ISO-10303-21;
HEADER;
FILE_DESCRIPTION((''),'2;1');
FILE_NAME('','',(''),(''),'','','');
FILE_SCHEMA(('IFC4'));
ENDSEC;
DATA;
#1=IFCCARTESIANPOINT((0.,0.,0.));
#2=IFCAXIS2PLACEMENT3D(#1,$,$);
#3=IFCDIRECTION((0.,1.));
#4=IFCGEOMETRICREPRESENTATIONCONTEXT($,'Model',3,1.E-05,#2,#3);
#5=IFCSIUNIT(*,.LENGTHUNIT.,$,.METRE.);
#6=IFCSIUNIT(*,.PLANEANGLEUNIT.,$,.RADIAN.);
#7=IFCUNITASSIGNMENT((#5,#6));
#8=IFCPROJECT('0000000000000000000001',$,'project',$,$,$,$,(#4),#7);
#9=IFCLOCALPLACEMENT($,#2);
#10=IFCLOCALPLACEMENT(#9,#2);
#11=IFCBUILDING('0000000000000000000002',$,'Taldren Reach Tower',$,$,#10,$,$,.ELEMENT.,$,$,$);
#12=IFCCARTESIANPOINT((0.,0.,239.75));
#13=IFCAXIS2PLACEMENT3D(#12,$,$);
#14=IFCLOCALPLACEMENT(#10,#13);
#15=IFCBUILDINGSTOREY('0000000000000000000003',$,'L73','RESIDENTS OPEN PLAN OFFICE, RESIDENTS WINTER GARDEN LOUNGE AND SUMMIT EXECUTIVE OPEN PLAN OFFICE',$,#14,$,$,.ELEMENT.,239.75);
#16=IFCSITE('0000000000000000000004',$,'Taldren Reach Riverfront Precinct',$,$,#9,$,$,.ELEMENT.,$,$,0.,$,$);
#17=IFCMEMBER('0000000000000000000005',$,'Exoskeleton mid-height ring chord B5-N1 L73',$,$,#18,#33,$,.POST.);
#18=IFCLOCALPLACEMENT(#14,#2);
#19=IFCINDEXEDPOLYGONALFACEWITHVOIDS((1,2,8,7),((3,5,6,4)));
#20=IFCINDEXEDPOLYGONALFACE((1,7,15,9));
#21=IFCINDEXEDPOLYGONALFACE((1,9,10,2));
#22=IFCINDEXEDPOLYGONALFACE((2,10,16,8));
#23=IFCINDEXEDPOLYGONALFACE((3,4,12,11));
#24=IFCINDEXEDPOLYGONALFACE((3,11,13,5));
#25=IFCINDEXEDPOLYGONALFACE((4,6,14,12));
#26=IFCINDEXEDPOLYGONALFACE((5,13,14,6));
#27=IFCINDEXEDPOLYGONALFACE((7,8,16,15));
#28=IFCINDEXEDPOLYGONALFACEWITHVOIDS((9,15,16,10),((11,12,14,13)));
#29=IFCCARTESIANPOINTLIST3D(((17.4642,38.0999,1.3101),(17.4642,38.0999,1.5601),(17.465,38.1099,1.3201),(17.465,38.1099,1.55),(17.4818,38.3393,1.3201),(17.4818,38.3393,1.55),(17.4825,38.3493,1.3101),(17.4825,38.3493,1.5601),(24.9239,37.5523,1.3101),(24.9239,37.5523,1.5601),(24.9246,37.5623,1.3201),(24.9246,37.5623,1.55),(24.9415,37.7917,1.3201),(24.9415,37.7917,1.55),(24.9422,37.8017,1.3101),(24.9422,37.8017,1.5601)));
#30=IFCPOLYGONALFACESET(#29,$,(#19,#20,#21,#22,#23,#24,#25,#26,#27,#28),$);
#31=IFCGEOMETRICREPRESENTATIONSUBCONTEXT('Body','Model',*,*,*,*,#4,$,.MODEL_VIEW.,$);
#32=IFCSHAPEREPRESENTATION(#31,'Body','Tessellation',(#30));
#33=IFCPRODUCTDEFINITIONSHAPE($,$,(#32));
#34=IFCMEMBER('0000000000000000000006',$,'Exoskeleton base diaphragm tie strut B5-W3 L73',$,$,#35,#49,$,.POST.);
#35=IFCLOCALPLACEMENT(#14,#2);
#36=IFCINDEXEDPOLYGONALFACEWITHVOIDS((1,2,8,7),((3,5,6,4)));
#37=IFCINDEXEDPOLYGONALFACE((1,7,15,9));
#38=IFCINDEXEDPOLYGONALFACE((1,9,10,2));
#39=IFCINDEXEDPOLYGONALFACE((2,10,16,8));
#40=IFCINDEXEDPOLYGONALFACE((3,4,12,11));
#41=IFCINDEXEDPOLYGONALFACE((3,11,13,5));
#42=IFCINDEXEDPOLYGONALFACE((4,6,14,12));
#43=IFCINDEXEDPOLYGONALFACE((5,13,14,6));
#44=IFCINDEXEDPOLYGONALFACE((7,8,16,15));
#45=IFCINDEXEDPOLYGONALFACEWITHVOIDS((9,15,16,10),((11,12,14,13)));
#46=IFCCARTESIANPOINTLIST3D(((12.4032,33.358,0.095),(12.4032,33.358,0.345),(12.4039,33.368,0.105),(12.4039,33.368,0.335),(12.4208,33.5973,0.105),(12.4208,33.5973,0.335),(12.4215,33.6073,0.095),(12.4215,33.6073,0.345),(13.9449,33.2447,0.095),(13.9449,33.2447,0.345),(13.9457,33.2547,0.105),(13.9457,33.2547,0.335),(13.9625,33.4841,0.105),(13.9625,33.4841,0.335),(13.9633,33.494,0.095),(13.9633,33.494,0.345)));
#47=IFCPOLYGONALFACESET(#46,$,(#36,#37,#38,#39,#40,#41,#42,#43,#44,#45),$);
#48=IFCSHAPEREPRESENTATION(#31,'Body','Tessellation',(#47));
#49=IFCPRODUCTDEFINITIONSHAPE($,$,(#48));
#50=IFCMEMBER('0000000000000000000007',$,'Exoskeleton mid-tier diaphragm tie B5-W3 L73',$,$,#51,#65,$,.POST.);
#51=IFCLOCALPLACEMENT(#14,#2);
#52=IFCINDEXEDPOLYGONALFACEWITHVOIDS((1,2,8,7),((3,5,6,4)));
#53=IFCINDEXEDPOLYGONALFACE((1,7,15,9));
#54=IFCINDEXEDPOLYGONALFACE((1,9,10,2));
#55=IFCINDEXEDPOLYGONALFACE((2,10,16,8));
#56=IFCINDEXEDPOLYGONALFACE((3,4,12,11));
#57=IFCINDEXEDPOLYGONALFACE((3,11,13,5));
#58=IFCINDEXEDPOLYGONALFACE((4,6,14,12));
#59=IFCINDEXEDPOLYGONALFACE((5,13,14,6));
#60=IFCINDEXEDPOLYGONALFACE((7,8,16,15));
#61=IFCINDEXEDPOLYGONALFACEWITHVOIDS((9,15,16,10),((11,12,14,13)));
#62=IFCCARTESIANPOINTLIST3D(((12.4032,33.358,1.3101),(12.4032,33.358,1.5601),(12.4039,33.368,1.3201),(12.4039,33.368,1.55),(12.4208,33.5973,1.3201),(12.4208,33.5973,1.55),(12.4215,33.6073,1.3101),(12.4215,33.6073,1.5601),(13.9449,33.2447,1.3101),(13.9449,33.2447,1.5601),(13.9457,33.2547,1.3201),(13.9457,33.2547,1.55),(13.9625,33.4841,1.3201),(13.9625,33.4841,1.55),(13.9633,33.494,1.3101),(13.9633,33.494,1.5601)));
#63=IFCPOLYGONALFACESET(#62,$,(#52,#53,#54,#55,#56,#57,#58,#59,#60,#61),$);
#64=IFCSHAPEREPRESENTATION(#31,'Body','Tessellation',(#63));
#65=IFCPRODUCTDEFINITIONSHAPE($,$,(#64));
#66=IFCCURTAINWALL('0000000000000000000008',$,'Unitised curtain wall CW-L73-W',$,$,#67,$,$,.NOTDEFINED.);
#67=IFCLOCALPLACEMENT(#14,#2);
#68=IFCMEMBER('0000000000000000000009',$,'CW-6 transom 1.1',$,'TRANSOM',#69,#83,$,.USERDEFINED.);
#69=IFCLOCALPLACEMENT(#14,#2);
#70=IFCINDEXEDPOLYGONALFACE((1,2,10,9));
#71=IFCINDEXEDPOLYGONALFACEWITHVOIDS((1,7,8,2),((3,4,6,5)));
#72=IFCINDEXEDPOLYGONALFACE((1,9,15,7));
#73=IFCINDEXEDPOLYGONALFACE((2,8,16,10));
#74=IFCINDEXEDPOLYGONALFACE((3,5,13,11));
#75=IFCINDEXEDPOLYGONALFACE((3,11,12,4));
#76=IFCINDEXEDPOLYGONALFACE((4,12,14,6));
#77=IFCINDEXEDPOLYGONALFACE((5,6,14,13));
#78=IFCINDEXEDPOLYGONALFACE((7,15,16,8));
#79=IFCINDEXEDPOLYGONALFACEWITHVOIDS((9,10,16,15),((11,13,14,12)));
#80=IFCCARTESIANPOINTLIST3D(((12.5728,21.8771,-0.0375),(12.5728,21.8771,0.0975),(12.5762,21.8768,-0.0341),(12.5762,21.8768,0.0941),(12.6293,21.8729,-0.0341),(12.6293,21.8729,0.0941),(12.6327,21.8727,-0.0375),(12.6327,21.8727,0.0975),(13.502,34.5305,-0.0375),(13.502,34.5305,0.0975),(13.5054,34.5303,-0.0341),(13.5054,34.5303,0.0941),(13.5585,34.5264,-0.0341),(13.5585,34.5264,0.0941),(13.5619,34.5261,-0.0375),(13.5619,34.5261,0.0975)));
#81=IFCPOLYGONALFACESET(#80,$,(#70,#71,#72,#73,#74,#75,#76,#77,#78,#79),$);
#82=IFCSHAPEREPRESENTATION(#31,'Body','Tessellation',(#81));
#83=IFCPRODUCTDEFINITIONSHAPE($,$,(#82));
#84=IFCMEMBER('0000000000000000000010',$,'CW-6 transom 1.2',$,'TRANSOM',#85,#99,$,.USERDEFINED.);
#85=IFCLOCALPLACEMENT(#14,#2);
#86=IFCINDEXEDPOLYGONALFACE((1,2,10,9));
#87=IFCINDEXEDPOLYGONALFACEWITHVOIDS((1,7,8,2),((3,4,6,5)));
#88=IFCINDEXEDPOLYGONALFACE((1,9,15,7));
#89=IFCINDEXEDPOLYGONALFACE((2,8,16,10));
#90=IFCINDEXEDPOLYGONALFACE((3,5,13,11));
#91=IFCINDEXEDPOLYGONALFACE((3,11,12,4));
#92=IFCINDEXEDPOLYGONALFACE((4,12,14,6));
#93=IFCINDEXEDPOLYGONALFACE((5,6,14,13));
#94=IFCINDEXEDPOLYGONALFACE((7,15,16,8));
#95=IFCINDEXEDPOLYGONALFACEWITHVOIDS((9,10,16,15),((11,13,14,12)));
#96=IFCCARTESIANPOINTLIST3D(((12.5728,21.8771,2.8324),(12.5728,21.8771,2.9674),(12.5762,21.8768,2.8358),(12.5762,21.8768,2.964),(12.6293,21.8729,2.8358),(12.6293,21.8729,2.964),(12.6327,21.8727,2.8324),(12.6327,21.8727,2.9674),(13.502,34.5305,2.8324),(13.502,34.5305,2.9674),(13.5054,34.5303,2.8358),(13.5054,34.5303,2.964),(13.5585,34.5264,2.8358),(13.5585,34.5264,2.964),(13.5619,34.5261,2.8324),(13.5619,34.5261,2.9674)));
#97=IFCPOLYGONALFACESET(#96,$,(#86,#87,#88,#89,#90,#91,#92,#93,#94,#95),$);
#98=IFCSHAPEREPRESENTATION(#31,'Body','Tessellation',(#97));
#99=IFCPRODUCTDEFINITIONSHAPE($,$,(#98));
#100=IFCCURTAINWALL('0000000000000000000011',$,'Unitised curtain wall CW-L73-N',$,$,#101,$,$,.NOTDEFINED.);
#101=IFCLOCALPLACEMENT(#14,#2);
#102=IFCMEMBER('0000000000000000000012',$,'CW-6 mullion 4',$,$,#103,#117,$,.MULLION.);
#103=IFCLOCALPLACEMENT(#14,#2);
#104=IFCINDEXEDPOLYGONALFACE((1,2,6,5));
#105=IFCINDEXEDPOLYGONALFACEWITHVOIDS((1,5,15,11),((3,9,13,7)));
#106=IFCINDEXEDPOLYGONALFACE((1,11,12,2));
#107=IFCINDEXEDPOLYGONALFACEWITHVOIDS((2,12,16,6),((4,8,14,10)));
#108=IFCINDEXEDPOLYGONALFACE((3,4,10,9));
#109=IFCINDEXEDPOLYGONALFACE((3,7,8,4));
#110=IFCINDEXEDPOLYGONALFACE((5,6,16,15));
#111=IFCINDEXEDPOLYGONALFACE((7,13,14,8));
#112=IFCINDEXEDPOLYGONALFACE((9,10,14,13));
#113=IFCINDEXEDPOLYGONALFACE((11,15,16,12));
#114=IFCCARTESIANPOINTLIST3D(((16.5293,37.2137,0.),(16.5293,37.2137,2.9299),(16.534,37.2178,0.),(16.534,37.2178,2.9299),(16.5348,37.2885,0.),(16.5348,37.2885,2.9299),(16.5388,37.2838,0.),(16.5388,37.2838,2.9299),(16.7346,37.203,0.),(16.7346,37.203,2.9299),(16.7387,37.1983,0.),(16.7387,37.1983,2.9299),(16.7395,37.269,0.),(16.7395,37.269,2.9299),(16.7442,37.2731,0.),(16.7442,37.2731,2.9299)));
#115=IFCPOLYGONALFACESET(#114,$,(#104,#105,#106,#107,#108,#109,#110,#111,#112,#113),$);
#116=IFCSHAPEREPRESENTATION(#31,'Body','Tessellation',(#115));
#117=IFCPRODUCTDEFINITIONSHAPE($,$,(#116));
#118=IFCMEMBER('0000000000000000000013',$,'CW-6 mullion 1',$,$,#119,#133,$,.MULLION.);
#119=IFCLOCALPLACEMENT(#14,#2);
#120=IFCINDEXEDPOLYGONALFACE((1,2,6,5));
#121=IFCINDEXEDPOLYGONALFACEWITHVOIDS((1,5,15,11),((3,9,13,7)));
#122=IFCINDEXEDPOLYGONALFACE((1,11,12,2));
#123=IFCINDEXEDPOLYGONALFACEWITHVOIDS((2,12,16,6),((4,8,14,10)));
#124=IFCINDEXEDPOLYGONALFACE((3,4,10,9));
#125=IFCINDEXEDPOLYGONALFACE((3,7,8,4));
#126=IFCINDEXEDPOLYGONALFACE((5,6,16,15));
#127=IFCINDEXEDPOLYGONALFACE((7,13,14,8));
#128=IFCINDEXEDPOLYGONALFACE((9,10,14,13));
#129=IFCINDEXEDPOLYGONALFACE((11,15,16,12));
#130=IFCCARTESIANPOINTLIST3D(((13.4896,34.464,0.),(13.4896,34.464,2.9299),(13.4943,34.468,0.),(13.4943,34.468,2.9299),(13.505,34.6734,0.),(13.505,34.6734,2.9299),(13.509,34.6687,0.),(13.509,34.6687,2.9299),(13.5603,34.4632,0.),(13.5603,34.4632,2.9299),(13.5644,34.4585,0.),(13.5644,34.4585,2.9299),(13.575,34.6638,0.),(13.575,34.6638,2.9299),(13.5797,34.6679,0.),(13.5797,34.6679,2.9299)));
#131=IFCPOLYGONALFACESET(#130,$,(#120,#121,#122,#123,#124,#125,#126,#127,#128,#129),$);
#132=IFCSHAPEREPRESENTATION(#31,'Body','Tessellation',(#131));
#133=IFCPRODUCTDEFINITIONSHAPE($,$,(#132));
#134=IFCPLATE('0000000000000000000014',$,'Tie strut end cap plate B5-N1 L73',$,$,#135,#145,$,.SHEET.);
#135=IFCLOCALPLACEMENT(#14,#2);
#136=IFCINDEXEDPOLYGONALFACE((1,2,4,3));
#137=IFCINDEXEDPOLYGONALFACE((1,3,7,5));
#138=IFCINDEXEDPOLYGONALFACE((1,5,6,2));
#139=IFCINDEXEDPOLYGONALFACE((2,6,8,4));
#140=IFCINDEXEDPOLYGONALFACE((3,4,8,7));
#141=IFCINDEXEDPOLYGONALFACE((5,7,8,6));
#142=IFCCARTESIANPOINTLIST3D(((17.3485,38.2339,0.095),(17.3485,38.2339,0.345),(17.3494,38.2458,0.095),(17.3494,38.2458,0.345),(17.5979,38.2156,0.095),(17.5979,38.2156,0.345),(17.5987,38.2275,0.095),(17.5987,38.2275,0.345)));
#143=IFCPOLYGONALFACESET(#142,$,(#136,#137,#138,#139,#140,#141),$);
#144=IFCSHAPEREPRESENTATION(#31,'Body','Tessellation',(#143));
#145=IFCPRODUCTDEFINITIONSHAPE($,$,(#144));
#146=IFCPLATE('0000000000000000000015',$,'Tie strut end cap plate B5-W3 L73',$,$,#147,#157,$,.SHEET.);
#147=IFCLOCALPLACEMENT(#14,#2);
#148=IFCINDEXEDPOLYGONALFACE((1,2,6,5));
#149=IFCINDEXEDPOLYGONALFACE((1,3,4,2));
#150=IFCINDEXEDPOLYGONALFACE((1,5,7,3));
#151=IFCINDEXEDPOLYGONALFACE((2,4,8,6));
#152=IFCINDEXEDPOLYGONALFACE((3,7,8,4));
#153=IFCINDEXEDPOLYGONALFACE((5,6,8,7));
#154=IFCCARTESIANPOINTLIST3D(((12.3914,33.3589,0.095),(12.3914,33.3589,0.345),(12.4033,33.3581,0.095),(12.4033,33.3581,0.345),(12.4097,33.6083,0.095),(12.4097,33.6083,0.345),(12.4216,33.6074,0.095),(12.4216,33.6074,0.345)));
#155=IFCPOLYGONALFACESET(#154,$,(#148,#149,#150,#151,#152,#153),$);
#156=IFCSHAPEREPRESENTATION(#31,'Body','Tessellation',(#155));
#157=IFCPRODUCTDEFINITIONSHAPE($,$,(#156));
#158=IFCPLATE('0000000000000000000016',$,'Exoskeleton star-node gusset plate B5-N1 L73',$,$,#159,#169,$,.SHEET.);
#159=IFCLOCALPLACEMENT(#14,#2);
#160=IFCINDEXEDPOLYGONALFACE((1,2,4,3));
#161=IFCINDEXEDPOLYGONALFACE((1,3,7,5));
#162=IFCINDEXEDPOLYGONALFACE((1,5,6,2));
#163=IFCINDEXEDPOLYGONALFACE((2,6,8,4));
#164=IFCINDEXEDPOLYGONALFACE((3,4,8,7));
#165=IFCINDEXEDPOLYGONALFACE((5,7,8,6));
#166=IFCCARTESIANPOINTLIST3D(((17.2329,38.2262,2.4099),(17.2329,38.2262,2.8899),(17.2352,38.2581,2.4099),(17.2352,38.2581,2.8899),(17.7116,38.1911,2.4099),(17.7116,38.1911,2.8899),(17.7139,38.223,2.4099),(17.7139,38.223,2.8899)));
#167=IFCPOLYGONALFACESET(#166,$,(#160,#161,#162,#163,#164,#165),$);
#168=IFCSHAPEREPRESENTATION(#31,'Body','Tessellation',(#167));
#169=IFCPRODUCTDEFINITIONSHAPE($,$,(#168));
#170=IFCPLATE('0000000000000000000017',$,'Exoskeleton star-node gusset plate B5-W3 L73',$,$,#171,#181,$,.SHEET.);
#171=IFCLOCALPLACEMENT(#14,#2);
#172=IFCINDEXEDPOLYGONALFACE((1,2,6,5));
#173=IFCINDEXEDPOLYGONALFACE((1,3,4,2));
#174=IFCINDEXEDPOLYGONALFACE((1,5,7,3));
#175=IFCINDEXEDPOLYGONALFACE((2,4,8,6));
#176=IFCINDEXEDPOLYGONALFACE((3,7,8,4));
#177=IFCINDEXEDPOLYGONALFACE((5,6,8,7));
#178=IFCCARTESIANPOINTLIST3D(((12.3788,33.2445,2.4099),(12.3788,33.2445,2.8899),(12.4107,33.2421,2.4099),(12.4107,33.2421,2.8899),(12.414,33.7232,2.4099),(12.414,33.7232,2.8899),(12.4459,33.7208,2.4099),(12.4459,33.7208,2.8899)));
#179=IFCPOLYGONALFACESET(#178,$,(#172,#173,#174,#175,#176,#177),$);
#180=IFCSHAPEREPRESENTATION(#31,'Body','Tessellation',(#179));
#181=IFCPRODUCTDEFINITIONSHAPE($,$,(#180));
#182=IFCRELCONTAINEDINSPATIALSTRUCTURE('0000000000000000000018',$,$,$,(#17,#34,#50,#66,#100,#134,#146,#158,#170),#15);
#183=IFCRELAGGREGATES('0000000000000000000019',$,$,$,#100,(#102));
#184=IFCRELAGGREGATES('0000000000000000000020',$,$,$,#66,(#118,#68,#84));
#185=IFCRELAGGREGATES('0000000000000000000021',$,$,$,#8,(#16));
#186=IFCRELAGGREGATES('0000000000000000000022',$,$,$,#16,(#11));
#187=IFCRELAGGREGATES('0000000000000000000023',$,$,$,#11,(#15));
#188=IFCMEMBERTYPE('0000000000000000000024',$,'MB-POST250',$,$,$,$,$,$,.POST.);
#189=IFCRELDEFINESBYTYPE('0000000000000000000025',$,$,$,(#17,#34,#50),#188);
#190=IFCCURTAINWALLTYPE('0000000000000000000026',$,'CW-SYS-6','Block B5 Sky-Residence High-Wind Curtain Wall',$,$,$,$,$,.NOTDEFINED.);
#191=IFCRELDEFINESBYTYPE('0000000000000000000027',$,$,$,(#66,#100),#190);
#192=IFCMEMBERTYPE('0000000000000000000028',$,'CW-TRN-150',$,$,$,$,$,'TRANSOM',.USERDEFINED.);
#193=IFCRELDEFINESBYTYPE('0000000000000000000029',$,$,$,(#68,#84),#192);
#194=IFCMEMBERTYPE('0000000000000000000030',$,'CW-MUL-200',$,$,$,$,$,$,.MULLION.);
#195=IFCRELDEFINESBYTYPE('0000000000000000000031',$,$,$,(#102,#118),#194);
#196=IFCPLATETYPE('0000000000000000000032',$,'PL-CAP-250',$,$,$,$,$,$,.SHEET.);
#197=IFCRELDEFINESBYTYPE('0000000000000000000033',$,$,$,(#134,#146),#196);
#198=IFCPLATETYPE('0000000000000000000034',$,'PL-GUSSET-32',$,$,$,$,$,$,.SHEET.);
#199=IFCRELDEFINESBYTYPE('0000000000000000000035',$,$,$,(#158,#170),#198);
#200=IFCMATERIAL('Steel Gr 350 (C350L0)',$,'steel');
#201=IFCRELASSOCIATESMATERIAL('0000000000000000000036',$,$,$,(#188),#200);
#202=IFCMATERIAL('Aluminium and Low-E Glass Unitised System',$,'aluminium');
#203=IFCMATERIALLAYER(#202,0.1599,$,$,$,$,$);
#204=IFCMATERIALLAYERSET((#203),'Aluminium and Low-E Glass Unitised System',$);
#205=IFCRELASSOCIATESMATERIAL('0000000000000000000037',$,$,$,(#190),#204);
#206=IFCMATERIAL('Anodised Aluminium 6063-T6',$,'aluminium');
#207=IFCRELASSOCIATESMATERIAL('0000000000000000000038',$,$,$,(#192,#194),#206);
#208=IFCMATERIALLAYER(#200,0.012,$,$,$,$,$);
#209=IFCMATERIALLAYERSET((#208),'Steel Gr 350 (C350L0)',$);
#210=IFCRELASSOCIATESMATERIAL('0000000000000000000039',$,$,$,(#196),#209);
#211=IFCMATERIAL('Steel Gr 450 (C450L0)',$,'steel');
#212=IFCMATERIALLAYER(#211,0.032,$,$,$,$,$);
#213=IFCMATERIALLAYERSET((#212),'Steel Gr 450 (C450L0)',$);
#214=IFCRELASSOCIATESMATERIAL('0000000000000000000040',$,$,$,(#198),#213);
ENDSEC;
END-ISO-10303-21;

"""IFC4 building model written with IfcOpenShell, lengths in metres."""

from ifc_helpers import new_model, si_unit, direction, frame, origin, origin_2d, place, context, subcontext, project, spatial, rectangle, hollow_rectangle, extrude, source, transform, mapped, material, layer, layer_set, material_profile, profile_set, type_object, element, aggregate, save


model = new_model("IFC4")

# Units and contexts
model_context = context("Model", 3, precision=1e-05, world=origin(), true_north=direction((0.0, 1.0)))
body_context = subcontext(model_context, "Body", "Model", "MODEL_VIEW")
ifc_project = project(units=[si_unit("LENGTHUNIT", "METRE"), si_unit("PLANEANGLEUNIT", "RADIAN")], contexts=[model_context])

# Site, building, storey
site_placement = place(None, origin())
site = spatial("IfcSite", under=ifc_project, at=site_placement, Name="Taldren Reach Riverfront Precinct", CompositionType="ELEMENT", RefElevation=0.0)
building_placement = place(site_placement, origin())
building = spatial("IfcBuilding", under=site, at=building_placement, Name="Taldren Reach Tower", CompositionType="ELEMENT")
storey_placement = place(building_placement, frame((0.0, 0.0, 239.75)))
storey = spatial("IfcBuildingStorey", under=building, at=storey_placement, Name="L73", Description="RESIDENTS OPEN PLAN OFFICE, RESIDENTS WINTER GARDEN LOUNGE AND SUMMIT EXECUTIVE OPEN PLAN OFFICE", CompositionType="ELEMENT", Elevation=239.75)

# Shared definitions
ifc_material_1 = material(Name="Steel Gr 350 (C350L0)", Category="steel")

# Shared definitions
ifc_material_profile_1 = material_profile(ifc_material_1, hollow_rectangle(XDim=0.25, YDim=0.25, WallThickness=0.01, at=origin_2d()), Name="250x250x10.0SHS")
ifc_profile_set_1 = profile_set([ifc_material_profile_1], Name="Steel Gr 350 (C350L0)")
member_type_1 = type_object("IfcMemberType", Name="MB-POST250", PredefinedType="POST", material=ifc_profile_set_1)
ifc_material_2 = material(Name="Steel Gr 450 (C450L0)", Category="steel")

# Members
shared_shape_1 = source(origin(), body_context, "Body", "SweptSolid", [
    extrude(hollow_rectangle(XDim=0.25, YDim=0.25, WallThickness=0.01, at=origin_2d()), origin(), (0.0, 0.0, 1.0), 7.4797),
])
member_1_placement = place(storey_placement, frame((17.4734, 38.2246, 1.4351), z_axis=(0.997316, -0.073212, 0.0), x_axis=(0.073212, 0.997316, 0.0)))
element("IfcMember", 1, at=member_1_placement, inside=storey, type_object=member_type_1, Name="Exoskeleton mid-height ring chord B5-N1 L73", PredefinedType="POST", context=body_context, shape_type="MappedRepresentation", body=[
    mapped(shared_shape_1, transform((0.0, 0.0, 0.0), scale=1.0)),
])
shared_shape_2 = source(origin(), body_context, "Body", "SweptSolid", [
    extrude(hollow_rectangle(XDim=0.25, YDim=0.25, WallThickness=0.01, at=origin_2d()), origin(), (0.0, 0.0, 1.0), 1.5459),
])
for number, where, z_axis, x_axis, name in (
    (2, (13.9541, 33.3694, 0.22), (-0.997312, 0.073278, 0.0), (-0.073278, -0.997312, 0.0), "Exoskeleton base diaphragm tie strut B5-W3 L73"),
    (3, (13.9541, 33.3694, 1.4351), (-0.997312, 0.073278, 0.0), (-0.073278, -0.997312, 0.0), "Exoskeleton mid-tier diaphragm tie B5-W3 L73"),
):
    element("IfcMember", number, at=place(storey_placement, frame(where, z_axis=z_axis, x_axis=x_axis)), inside=storey, type_object=member_type_1, Name=name, PredefinedType="POST", context=body_context, shape_type="MappedRepresentation", body=[
        mapped(shared_shape_2, transform((0.0, 0.0, 0.0), scale=1.0)),
    ])

# Curtain wall, members
ifc_material_3 = material(Name="Aluminium and Low-E Glass Unitised System", Category="aluminium")
ifc_layer_1 = layer(ifc_material_3, 0.1599)
ifc_layer_set_1 = layer_set([ifc_layer_1], Name="Aluminium and Low-E Glass Unitised System")
curtain_wall_type = type_object("IfcCurtainWallType", Name="CW-SYS-6", Description="Block B5 Sky-Residence High-Wind Curtain Wall", PredefinedType="NOTDEFINED", material=ifc_layer_set_1)
curtain_wall_1_placement = place(storey_placement, origin())
curtain_wall_1 = element("IfcCurtainWall", 4, at=curtain_wall_1_placement, inside=storey, type_object=curtain_wall_type, Name="Unitised curtain wall CW-L73-W", PredefinedType="NOTDEFINED")
ifc_material_4 = material(Name="Anodised Aluminium 6063-T6", Category="aluminium")
ifc_material_profile_2 = material_profile(ifc_material_4, hollow_rectangle(XDim=0.0601, YDim=0.135, WallThickness=0.0034, at=origin_2d()), Name="ALU-135x60x3.5RHS")
ifc_profile_set_2 = profile_set([ifc_material_profile_2], Name="Anodised Aluminium 6063-T6")
member_type_2 = type_object("IfcMemberType", Name="CW-TRN-150", ElementType="TRANSOM", PredefinedType="USERDEFINED", material=ifc_profile_set_2)
shared_shape_3 = source(origin(), body_context, "Body", "SweptSolid", [
    extrude(hollow_rectangle(XDim=0.0601, YDim=0.135, WallThickness=0.0034, at=origin_2d()), origin(), (0.0, 0.0, 1.0), 12.6875),
])
member_2_placement = place(storey_placement, frame((13.532, 34.5283, 0.03), z_axis=(-0.073238, -0.997314, 0.0), x_axis=(0.997314, -0.073238, 0.0)))
member_2 = element("IfcMember", 5, at=member_2_placement, type_object=member_type_2, Name="CW-6 transom 1.1", ObjectType="TRANSOM", PredefinedType="USERDEFINED", context=body_context, shape_type="MappedRepresentation", body=[
    mapped(shared_shape_3, transform((0.0, 0.0, 0.0), scale=1.0)),
])
member_3_placement = place(storey_placement, frame((13.532, 34.5283, 2.8999), z_axis=(-0.073238, -0.997314, 0.0), x_axis=(0.997314, -0.073238, 0.0)))
member_3 = element("IfcMember", 6, at=member_3_placement, type_object=member_type_2, Name="CW-6 transom 1.2", ObjectType="TRANSOM", PredefinedType="USERDEFINED", context=body_context, shape_type="MappedRepresentation", body=[
    mapped(shared_shape_3, transform((0.0, 0.0, 0.0), scale=1.0)),
])

# Curtain wall, member
curtain_wall_2_placement = place(storey_placement, origin())
curtain_wall_2 = element("IfcCurtainWall", 7, at=curtain_wall_2_placement, inside=storey, type_object=curtain_wall_type, Name="Unitised curtain wall CW-L73-N", PredefinedType="NOTDEFINED")
ifc_material_profile_3 = material_profile(ifc_material_4, hollow_rectangle(XDim=0.075, YDim=0.21, WallThickness=0.0044, at=origin_2d()), Name="ALU-210x75x4.5RHS")
ifc_profile_set_3 = profile_set([ifc_material_profile_3], Name="Anodised Aluminium 6063-T6")
member_type_3 = type_object("IfcMemberType", Name="CW-MUL-200", PredefinedType="MULLION", material=ifc_profile_set_3)
shared_shape_4 = source(origin(), body_context, "Body", "SweptSolid", [
    extrude(hollow_rectangle(XDim=0.075, YDim=0.21, WallThickness=0.0044, at=origin_2d()), origin(), (0.0, 0.0, 1.0), 2.9299),
])
member_4_placement = place(storey_placement, frame((16.6367, 37.2434, 0.0), z_axis=(0.0, 0.0, 1.0), x_axis=(-0.073238, -0.997314, 0.0)))
member_4 = element("IfcMember", 8, at=member_4_placement, type_object=member_type_3, Name="CW-6 mullion 4", PredefinedType="MULLION", context=body_context, shape_type="MappedRepresentation", body=[
    mapped(shared_shape_4, transform((0.0, 0.0, 0.0), scale=1.0)),
])

# Member
member_5_placement = place(storey_placement, frame((13.5347, 34.5659, 0.0), z_axis=(0.0, 0.0, 1.0), x_axis=(0.997314, -0.073238, 0.0)))
member_5 = element("IfcMember", 9, at=member_5_placement, type_object=member_type_3, Name="CW-6 mullion 1", PredefinedType="MULLION", context=body_context, shape_type="MappedRepresentation", body=[
    mapped(shared_shape_4, transform((0.0, 0.0, 0.0), scale=1.0)),
])

# Plates
ifc_layer_2 = layer(ifc_material_1, 0.012)
ifc_layer_set_2 = layer_set([ifc_layer_2], Name="Steel Gr 350 (C350L0)")
plate_type_1 = type_object("IfcPlateType", Name="PL-CAP-250", PredefinedType="SHEET", material=ifc_layer_set_2)
shared_shape_5 = source(origin(), body_context, "Body", "SweptSolid", [
    extrude(rectangle(XDim=0.25, YDim=0.012, at=origin_2d()), origin(), (0.0, 0.0, 1.0), 0.25),
])
plate_1_placement = place(storey_placement, frame((17.4736, 38.2307, 0.095), z_axis=(0.0, 0.0, 1.0), x_axis=(0.997314, -0.073238, 0.0)))
element("IfcPlate", 10, at=plate_1_placement, inside=storey, type_object=plate_type_1, Name="Tie strut end cap plate B5-N1 L73", PredefinedType="SHEET", context=body_context, shape_type="MappedRepresentation", body=[
    mapped(shared_shape_5, transform((0.0, 0.0, 0.0), scale=1.0)),
])
shared_shape_6 = source(origin(), body_context, "Body", "SweptSolid", [
    extrude(rectangle(XDim=0.012, YDim=0.25, at=origin_2d()), origin(), (0.0, 0.0, 1.0), 0.25),
])
plate_2_placement = place(storey_placement, frame((12.4065, 33.4832, 0.095), z_axis=(0.0, 0.0, 1.0), x_axis=(0.997314, -0.073238, 0.0)))
element("IfcPlate", 11, at=plate_2_placement, inside=storey, type_object=plate_type_1, Name="Tie strut end cap plate B5-W3 L73", PredefinedType="SHEET", context=body_context, shape_type="MappedRepresentation", body=[
    mapped(shared_shape_6, transform((0.0, 0.0, 0.0), scale=1.0)),
])
ifc_layer_3 = layer(ifc_material_2, 0.032)
ifc_layer_set_3 = layer_set([ifc_layer_3], Name="Steel Gr 450 (C450L0)")
plate_type_2 = type_object("IfcPlateType", Name="PL-GUSSET-32", PredefinedType="SHEET", material=ifc_layer_set_3)
shared_shape_7 = source(origin(), body_context, "Body", "SweptSolid", [
    extrude(rectangle(XDim=0.48, YDim=0.032, at=origin_2d()), origin(), (0.0, 0.0, 1.0), 0.48),
])
for number, where, z_axis, x_axis, name in (
    (12, (17.4734, 38.2246, 2.4099), (0.0, 0.0, 1.0), (0.997314, -0.073238, 0.0), "Exoskeleton star-node gusset plate B5-N1 L73"),
    (13, (12.4124, 33.4827, 2.4099), (0.0, 0.0, 1.0), (0.073238, 0.997314, 0.0), "Exoskeleton star-node gusset plate B5-W3 L73"),
):
    element("IfcPlate", number, at=place(storey_placement, frame(where, z_axis=z_axis, x_axis=x_axis)), inside=storey, type_object=plate_type_2, Name=name, PredefinedType="SHEET", context=body_context, shape_type="MappedRepresentation", body=[
        mapped(shared_shape_7, transform((0.0, 0.0, 0.0), scale=1.0)),
    ])

aggregate(curtain_wall_2, [member_4])
aggregate(curtain_wall_1, [member_5, member_2, member_3])

save(model, "model.ifc")
